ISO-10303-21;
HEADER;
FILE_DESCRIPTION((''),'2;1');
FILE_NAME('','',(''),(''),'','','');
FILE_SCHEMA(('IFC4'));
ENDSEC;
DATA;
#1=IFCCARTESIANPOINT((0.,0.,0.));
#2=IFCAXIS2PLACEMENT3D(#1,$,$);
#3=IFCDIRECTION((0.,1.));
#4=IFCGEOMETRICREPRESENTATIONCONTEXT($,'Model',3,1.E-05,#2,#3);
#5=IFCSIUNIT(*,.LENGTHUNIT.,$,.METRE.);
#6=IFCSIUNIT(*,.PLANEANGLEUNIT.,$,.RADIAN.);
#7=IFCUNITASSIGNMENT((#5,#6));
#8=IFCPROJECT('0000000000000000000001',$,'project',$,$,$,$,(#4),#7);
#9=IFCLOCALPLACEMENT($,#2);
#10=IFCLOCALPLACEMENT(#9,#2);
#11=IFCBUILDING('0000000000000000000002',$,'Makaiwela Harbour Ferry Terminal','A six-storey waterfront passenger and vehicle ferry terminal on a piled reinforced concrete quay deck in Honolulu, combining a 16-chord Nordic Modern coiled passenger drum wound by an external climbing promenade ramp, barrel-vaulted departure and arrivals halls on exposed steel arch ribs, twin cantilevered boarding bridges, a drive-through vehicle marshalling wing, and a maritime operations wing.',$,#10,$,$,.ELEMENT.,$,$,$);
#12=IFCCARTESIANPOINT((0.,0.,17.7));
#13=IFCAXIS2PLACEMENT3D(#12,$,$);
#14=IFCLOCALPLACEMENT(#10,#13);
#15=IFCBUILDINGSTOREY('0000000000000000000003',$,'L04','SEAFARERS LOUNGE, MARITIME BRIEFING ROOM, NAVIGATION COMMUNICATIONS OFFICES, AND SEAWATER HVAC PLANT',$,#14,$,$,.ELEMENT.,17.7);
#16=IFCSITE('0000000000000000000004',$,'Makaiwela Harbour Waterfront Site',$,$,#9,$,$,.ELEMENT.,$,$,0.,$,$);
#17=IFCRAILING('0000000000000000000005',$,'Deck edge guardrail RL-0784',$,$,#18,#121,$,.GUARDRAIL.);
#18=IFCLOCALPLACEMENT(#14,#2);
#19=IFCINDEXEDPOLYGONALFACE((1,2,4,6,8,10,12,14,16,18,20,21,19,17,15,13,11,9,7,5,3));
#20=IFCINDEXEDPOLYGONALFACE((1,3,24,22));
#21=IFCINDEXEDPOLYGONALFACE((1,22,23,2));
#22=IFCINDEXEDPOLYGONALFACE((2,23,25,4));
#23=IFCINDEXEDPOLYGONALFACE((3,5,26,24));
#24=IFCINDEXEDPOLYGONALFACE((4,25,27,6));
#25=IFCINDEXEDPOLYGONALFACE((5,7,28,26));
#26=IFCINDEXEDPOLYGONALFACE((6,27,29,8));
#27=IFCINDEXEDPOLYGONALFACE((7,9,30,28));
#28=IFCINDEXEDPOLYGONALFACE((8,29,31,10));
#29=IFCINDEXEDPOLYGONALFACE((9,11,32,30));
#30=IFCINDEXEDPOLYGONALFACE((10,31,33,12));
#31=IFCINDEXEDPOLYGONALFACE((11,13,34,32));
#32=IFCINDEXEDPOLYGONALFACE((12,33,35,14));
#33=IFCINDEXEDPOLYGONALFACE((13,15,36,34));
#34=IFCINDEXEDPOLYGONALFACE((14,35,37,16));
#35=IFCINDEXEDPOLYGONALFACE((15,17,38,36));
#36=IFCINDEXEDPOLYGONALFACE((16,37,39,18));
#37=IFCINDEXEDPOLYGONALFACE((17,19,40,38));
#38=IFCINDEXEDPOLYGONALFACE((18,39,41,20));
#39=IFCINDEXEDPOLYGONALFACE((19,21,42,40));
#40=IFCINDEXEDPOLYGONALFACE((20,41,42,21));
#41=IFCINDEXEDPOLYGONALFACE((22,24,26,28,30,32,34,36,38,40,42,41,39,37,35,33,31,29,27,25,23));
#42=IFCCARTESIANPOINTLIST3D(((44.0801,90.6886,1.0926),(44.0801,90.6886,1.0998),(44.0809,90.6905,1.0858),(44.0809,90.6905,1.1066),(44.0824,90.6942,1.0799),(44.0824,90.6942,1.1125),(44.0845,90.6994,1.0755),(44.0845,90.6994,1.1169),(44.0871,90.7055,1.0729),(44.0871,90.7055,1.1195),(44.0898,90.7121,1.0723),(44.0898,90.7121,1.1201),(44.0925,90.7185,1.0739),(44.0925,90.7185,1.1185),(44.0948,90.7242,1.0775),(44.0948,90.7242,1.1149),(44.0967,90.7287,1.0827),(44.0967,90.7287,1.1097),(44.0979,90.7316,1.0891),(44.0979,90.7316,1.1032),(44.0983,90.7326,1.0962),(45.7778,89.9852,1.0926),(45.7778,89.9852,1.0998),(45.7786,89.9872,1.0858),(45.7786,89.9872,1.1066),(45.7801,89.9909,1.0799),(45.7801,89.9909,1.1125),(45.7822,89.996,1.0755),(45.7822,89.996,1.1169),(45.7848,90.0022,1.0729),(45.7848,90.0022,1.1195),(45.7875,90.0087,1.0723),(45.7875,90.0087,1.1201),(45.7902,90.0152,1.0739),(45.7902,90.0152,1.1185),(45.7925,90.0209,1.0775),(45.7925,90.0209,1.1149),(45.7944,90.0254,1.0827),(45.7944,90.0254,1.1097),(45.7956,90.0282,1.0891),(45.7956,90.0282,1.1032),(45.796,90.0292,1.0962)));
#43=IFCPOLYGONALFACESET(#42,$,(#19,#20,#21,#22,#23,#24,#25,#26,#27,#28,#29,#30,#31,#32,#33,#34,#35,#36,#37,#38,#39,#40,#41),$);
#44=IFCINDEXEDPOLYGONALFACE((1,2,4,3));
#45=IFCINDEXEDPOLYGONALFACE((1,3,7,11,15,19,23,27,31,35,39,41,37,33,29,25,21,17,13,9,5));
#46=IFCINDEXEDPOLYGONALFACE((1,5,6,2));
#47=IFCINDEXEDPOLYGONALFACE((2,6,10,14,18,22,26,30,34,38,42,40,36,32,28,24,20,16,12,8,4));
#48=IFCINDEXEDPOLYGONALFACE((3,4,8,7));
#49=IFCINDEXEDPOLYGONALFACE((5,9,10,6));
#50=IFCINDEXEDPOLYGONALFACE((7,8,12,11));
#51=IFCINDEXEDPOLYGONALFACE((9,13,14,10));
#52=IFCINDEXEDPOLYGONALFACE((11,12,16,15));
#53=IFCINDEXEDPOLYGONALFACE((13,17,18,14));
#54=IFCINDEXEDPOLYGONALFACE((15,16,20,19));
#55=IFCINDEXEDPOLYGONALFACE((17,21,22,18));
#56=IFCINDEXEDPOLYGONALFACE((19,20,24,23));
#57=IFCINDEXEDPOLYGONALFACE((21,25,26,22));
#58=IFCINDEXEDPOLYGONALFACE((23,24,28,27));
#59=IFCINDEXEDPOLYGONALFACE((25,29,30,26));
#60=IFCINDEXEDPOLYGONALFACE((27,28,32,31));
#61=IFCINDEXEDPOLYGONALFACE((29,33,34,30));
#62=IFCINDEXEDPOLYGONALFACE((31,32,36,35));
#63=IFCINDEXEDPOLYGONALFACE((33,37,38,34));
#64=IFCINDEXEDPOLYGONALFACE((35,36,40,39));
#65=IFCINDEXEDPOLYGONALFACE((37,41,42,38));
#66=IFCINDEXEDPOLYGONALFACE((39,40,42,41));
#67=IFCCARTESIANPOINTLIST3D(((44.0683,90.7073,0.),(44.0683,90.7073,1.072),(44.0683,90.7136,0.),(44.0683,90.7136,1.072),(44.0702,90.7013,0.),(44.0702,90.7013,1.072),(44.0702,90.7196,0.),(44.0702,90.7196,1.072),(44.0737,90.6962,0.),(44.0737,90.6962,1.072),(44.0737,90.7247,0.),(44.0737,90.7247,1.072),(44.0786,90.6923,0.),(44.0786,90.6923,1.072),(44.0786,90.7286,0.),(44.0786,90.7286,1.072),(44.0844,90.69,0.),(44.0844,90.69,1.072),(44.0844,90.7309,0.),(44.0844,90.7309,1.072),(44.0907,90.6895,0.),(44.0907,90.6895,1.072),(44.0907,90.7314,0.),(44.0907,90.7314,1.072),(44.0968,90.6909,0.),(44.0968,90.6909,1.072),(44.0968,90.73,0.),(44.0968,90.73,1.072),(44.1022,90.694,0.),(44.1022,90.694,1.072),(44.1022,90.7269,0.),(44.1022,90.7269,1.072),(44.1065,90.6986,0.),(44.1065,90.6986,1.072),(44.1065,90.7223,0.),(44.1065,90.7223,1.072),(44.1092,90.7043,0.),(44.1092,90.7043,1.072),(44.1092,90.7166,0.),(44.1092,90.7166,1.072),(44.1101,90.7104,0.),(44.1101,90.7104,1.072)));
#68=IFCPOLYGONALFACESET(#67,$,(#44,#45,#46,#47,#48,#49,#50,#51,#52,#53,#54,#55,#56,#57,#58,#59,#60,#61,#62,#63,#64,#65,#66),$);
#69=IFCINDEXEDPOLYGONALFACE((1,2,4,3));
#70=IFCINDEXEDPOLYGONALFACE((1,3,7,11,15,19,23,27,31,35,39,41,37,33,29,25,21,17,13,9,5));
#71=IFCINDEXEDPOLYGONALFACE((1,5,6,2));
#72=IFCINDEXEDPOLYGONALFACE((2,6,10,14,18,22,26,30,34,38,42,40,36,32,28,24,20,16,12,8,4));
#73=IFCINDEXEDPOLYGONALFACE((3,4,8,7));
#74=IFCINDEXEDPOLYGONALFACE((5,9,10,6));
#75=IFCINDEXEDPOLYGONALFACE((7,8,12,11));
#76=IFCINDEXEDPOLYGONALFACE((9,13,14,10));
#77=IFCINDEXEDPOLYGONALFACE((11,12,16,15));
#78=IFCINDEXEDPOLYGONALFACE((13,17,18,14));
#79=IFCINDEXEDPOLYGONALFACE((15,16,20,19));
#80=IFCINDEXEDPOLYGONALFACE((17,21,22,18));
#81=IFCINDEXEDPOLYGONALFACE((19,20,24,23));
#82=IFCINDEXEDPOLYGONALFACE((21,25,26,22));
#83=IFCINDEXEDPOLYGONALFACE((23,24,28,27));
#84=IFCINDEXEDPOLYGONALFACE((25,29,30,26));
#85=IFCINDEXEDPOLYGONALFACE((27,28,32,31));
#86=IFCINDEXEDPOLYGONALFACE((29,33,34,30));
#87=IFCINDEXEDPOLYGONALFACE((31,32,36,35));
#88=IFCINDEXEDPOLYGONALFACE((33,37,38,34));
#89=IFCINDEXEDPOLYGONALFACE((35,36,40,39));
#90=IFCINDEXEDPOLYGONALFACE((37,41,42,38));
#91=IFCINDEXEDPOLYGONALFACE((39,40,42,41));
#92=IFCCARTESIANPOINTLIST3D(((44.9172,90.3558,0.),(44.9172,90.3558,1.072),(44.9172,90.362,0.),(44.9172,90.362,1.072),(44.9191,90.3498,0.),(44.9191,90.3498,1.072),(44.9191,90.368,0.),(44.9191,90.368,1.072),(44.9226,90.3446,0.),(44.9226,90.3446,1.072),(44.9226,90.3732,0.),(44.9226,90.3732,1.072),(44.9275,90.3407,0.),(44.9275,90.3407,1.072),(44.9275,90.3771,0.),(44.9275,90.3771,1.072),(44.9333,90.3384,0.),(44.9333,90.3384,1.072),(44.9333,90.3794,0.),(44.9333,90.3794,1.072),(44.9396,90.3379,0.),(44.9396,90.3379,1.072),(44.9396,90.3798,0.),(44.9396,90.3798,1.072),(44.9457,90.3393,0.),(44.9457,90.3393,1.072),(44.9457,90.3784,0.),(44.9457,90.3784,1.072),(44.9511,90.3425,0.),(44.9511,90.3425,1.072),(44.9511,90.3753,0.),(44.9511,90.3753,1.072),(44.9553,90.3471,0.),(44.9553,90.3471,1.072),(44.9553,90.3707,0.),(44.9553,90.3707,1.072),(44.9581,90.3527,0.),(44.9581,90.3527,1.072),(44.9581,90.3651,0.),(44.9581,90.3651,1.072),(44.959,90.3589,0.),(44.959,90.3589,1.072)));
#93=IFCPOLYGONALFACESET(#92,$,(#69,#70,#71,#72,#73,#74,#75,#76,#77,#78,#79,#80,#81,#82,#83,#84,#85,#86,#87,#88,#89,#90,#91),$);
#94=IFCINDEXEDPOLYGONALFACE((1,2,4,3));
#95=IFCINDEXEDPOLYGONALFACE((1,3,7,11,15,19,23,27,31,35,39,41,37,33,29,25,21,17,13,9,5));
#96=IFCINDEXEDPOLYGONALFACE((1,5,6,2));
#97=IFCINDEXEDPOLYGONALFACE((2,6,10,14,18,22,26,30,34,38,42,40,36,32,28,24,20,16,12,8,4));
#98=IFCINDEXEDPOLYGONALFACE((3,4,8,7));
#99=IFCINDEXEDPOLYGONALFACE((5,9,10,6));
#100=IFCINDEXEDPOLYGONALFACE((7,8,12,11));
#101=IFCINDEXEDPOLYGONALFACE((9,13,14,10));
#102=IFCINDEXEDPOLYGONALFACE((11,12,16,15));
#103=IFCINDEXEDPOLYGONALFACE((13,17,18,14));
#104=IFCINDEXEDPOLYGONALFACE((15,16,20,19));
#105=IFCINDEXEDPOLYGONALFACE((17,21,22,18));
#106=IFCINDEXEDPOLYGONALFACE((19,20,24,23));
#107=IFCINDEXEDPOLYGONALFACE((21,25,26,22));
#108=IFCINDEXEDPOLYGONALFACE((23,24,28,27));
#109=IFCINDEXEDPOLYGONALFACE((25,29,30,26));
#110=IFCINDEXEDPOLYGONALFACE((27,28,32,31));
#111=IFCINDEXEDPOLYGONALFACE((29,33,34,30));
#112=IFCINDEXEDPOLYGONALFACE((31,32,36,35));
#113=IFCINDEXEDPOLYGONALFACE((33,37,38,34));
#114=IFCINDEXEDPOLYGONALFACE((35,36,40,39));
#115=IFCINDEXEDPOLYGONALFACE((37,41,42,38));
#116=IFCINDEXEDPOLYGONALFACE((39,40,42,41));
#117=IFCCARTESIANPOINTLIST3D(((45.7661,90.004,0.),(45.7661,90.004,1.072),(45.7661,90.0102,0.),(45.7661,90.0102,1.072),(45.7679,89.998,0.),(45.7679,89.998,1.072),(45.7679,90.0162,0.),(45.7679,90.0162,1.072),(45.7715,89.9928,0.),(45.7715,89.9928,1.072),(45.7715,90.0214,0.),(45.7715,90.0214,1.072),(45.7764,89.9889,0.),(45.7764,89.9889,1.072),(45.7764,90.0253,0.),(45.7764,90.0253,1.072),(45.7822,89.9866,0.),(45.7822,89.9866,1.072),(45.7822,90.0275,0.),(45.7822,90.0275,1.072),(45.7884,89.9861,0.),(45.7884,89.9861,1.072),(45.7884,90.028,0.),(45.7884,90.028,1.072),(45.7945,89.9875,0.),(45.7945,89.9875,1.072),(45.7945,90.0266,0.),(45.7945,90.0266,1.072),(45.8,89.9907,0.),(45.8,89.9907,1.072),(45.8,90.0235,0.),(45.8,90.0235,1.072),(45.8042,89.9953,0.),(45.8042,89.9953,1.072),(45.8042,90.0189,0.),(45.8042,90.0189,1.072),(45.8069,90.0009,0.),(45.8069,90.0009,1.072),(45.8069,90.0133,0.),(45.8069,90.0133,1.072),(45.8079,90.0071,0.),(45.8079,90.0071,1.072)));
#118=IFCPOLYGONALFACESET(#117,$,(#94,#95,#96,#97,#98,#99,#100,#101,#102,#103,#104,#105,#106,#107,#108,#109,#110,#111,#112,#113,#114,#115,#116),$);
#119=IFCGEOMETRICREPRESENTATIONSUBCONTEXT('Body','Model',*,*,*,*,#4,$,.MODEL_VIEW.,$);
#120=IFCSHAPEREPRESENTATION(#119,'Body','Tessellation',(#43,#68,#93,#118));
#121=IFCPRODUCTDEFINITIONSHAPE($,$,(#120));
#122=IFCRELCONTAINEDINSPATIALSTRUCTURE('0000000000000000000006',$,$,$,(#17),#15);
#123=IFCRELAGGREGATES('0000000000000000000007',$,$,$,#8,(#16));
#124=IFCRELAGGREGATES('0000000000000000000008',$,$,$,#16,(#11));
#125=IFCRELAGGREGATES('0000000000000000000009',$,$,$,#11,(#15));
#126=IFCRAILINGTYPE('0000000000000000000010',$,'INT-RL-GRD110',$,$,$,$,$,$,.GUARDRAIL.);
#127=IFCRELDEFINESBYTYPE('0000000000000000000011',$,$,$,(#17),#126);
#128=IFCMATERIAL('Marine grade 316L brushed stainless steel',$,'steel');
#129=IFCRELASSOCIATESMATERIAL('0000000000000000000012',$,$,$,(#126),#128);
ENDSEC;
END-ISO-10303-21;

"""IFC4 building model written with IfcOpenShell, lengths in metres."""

from ifc_helpers import new_model, si_unit, direction, frame, origin, origin_2d, place, context, subcontext, project, spatial, circle, extrude, material, type_object, element, save


model = new_model("IFC4")

# Units and contexts
model_context = context("Model", 3, precision=1e-05, world=origin(), true_north=direction((0.0, 1.0)))
body_context = subcontext(model_context, "Body", "Model", "MODEL_VIEW")
ifc_project = project(units=[si_unit("LENGTHUNIT", "METRE"), si_unit("PLANEANGLEUNIT", "RADIAN")], contexts=[model_context])

# Site, building, storey
site_placement = place(None, origin())
site = spatial("IfcSite", under=ifc_project, at=site_placement, Name="Makaiwela Harbour Waterfront Site", CompositionType="ELEMENT", RefElevation=0.0)
building_placement = place(site_placement, origin())
building = spatial("IfcBuilding", under=site, at=building_placement, Name="Makaiwela Harbour Ferry Terminal", Description="A six-storey waterfront passenger and vehicle ferry terminal on a piled reinforced concrete quay deck in Honolulu, combining a 16-chord Nordic Modern coiled passenger drum wound by an external climbing promenade ramp, barrel-vaulted departure and arrivals halls on exposed steel arch ribs, twin cantilevered boarding bridges, a drive-through vehicle marshalling wing, and a maritime operations wing.", CompositionType="ELEMENT")
storey_placement = place(building_placement, frame((0.0, 0.0, 17.7)))
storey = spatial("IfcBuildingStorey", under=building, at=storey_placement, Name="L04", Description="SEAFARERS LOUNGE, MARITIME BRIEFING ROOM, NAVIGATION COMMUNICATIONS OFFICES, AND SEAWATER HVAC PLANT", CompositionType="ELEMENT", Elevation=17.7)

# Railing
ifc_material_1 = material(Name="Marine grade 316L brushed stainless steel", Category="steel")
railing_type = type_object("IfcRailingType", Name="INT-RL-GRD110", PredefinedType="GUARDRAIL", material=ifc_material_1)
railing_1_placement = place(storey_placement, frame((44.0891, 90.7104, 0.0)))
element("IfcRailing", 1, at=railing_1_placement, inside=storey, type_object=railing_type, Name="Deck edge guardrail RL-0784", PredefinedType="GUARDRAIL", context=body_context, shape_type="SweptSolid", body=[
    extrude(circle(Radius=0.0239, at=origin_2d()), frame((0.0, 0.0, 1.0962), z_axis=(0.923853, -0.382747, 0.0), x_axis=(0.382747, 0.923853, 0.0)), (0.0, 0.0, 1.0), 1.8376),
    extrude(circle(Radius=0.021, at=origin_2d()), origin(), (0.0, 0.0, 1.0), 1.072),
    extrude(circle(Radius=0.021, at=origin_2d()), frame((0.8489, -0.3516, 0.0)), (0.0, 0.0, 1.0), 1.072),
    extrude(circle(Radius=0.021, at=origin_2d()), frame((1.6978, -0.7034, 0.0)), (0.0, 0.0, 1.0), 1.072),
])

save(model, "model.ifc")
